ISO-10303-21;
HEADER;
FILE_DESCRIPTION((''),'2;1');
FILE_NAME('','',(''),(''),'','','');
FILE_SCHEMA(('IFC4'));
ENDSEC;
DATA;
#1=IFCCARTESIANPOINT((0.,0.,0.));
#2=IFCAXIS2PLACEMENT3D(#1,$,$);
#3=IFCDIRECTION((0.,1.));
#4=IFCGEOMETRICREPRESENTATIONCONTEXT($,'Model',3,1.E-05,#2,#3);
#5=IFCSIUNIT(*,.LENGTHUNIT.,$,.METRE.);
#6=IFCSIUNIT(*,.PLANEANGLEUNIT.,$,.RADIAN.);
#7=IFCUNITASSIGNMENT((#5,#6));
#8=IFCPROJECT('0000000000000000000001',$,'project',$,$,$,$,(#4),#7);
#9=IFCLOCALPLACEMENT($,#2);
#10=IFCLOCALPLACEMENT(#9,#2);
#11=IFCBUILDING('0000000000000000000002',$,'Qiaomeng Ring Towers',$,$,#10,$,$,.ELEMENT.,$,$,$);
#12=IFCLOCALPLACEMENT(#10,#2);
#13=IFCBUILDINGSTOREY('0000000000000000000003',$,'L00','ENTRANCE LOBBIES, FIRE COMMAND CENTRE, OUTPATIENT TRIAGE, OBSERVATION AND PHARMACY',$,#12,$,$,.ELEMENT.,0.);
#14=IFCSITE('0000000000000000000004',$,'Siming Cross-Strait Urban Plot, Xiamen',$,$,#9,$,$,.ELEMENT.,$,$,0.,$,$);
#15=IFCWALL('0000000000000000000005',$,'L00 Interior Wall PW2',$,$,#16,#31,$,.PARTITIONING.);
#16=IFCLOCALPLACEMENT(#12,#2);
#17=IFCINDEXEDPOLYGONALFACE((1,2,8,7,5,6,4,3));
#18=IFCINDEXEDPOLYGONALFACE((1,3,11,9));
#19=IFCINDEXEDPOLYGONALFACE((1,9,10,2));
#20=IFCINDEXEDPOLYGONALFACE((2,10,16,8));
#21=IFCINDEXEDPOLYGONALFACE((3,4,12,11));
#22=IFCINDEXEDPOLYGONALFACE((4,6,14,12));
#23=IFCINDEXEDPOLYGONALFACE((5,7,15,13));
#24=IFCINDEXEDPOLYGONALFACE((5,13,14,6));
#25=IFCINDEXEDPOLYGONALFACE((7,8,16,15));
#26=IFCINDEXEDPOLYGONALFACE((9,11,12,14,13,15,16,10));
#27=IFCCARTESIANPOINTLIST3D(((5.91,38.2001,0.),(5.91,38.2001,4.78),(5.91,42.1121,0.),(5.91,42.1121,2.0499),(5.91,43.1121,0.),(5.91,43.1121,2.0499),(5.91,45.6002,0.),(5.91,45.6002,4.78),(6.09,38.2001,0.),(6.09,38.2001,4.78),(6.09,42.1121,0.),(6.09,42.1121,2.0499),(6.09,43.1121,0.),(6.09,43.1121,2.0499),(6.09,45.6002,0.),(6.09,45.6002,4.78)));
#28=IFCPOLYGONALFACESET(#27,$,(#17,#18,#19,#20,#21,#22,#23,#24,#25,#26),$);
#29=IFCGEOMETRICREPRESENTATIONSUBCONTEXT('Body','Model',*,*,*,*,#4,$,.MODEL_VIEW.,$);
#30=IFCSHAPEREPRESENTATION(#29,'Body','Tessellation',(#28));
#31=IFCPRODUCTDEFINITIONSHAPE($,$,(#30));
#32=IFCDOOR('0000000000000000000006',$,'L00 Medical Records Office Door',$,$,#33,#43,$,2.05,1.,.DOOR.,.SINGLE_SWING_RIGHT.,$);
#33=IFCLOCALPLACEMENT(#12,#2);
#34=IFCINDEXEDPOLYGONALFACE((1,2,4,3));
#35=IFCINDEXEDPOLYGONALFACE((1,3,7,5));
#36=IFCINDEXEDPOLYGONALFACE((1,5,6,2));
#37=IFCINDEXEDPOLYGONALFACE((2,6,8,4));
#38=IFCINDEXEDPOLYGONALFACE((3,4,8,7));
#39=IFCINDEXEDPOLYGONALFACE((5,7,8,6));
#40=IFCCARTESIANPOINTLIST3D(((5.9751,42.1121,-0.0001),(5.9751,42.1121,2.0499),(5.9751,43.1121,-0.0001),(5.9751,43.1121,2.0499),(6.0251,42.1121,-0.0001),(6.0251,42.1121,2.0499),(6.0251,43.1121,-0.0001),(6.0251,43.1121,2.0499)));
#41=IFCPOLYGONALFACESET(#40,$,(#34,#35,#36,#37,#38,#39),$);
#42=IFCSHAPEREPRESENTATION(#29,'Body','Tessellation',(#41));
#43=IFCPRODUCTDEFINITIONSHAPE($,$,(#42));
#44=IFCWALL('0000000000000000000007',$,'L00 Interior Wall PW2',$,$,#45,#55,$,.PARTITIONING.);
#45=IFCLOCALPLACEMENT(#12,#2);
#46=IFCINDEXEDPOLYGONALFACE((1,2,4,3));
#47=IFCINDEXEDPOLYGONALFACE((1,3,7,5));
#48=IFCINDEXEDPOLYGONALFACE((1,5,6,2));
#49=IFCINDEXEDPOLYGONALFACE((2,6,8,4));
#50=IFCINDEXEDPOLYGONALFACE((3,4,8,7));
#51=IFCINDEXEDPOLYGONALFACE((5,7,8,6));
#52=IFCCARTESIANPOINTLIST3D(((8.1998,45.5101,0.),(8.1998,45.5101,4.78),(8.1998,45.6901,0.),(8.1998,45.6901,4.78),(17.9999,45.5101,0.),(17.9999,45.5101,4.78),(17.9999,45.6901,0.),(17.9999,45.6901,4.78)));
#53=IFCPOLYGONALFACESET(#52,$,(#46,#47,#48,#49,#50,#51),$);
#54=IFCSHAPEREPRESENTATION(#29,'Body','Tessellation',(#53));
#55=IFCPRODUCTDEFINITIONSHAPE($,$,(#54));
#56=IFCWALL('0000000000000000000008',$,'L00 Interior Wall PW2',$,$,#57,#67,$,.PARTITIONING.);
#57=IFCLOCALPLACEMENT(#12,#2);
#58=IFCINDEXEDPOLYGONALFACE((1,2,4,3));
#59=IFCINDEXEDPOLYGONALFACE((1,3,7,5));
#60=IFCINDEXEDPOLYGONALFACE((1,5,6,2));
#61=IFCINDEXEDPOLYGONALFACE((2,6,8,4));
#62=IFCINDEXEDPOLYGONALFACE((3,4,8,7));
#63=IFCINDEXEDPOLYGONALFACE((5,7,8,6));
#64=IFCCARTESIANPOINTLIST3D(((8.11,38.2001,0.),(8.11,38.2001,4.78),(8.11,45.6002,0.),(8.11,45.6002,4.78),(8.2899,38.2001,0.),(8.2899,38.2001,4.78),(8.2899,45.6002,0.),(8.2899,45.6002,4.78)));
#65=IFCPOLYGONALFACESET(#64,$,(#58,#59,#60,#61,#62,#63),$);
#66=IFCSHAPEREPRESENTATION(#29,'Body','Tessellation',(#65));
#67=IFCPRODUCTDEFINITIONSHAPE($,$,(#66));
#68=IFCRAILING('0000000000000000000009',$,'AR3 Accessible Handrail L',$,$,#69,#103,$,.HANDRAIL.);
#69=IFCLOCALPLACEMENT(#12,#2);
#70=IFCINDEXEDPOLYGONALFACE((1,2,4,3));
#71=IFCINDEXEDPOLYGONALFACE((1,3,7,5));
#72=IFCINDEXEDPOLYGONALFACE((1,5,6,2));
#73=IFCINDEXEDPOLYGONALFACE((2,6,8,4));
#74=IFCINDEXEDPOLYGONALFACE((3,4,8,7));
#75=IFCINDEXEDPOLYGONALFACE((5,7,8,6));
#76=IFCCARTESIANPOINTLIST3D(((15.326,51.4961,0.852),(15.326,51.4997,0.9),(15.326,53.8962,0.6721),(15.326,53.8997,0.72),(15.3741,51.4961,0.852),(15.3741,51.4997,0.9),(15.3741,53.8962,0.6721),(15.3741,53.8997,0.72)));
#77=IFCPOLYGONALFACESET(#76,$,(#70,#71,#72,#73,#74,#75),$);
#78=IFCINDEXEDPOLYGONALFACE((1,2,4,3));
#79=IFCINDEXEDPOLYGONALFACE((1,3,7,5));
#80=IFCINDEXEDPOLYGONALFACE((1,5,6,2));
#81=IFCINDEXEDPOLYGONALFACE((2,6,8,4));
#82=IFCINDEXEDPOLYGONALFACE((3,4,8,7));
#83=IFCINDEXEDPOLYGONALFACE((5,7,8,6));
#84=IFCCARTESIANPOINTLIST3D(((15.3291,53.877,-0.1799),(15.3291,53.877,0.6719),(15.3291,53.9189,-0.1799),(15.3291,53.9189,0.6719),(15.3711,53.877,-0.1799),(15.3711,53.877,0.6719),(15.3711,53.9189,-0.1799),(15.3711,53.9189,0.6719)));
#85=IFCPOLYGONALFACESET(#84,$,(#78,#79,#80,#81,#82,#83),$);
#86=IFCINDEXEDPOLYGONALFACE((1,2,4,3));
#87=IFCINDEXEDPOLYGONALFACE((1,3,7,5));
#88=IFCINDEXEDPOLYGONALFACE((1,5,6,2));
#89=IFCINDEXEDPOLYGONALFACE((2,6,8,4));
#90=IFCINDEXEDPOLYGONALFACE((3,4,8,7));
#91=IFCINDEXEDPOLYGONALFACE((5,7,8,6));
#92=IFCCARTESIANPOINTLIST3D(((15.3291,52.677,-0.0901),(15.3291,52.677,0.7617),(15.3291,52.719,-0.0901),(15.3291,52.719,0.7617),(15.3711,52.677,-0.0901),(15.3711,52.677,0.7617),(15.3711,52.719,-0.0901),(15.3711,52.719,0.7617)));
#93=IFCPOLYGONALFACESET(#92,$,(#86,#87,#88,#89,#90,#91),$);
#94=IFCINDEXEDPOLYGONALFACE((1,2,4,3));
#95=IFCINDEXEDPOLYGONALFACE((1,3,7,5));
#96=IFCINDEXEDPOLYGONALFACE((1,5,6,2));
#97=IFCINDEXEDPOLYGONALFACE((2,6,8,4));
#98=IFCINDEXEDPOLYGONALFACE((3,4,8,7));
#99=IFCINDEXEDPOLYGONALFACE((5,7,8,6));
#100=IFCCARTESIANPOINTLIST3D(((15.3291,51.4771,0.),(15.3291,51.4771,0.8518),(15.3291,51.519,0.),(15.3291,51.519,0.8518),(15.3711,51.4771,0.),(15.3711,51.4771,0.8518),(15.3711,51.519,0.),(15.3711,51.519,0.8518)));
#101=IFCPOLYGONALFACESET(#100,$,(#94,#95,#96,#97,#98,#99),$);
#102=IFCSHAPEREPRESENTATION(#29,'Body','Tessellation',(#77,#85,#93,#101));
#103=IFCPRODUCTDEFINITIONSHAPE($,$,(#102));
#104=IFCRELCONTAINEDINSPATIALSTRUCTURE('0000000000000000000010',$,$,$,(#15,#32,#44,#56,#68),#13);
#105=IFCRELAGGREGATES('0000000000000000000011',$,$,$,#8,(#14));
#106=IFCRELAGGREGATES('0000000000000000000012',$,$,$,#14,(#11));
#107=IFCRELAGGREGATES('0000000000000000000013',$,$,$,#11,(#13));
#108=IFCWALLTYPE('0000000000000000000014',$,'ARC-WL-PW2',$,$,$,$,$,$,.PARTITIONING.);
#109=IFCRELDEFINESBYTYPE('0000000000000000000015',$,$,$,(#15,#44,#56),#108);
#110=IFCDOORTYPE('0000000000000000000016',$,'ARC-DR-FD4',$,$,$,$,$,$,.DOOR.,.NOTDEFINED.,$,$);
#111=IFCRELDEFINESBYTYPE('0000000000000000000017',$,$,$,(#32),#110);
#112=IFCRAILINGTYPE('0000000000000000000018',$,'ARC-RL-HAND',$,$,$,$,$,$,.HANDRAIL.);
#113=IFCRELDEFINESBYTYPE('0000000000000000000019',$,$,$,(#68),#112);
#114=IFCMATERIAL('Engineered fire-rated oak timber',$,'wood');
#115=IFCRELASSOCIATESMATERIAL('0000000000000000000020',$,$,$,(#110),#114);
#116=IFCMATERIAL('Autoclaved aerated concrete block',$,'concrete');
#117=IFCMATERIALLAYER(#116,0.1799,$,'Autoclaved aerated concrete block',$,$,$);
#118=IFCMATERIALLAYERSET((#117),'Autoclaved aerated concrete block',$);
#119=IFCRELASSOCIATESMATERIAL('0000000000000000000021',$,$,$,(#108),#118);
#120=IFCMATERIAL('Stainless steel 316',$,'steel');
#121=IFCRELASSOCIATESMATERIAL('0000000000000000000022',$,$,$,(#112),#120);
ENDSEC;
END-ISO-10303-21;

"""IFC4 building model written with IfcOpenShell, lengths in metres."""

from ifc_helpers import new_model, si_unit, direction, frame, frame_2d, origin, origin_2d, place, context, subcontext, project, spatial, rectangle, extrude, source, transform, mapped, material, layer, layer_set, type_object, element, fill, save


model = new_model("IFC4")

# Units and contexts
model_context = context("Model", 3, precision=1e-05, world=origin(), true_north=direction((0.0, 1.0)))
body_context = subcontext(model_context, "Body", "Model", "MODEL_VIEW")
ifc_project = project(units=[si_unit("LENGTHUNIT", "METRE"), si_unit("PLANEANGLEUNIT", "RADIAN")], contexts=[model_context])

# Site, building, storey
site_placement = place(None, origin())
site = spatial("IfcSite", under=ifc_project, at=site_placement, Name="Siming Cross-Strait Urban Plot, Xiamen", CompositionType="ELEMENT", RefElevation=0.0)
building_placement = place(site_placement, origin())
building = spatial("IfcBuilding", under=site, at=building_placement, Name="Qiaomeng Ring Towers", CompositionType="ELEMENT")
storey_placement = place(building_placement, origin())
storey = spatial("IfcBuildingStorey", under=building, at=storey_placement, Name="L00", Description="ENTRANCE LOBBIES, FIRE COMMAND CENTRE, OUTPATIENT TRIAGE, OBSERVATION AND PHARMACY", CompositionType="ELEMENT", Elevation=0.0)

# Shared definitions
ifc_material_1 = material(Name="Autoclaved aerated concrete block", Category="concrete")
ifc_material_2 = material(Name="Engineered fire-rated oak timber", Category="wood")
door_type_1 = type_object("IfcDoorType", Name="ARC-DR-FD4", OperationType="NOTDEFINED", PredefinedType="DOOR", material=ifc_material_2)
shared_shape_1 = source(origin(), body_context, "Body", "SweptSolid", [
    extrude(rectangle(XDim=1.0, YDim=2.05, at=frame_2d((0.5, 1.0249))), frame((0.0, 0.0249, 0.0), z_axis=(0.0, -1.0, 0.0), x_axis=(1.0, 0.0, 0.0)), (0.0, 0.0, 1.0), 0.05),
])

# Shared definitions
ifc_layer_1 = layer(ifc_material_1, 0.1799, Name="Autoclaved aerated concrete block")
ifc_layer_set_1 = layer_set([ifc_layer_1], Name="Autoclaved aerated concrete block")
wall_type_1 = type_object("IfcWallType", Name="ARC-WL-PW2", PredefinedType="PARTITIONING", material=ifc_layer_set_1)

# Wall, opening, door
wall_1_placement = place(storey_placement, frame((6.0, 38.2, 0.0), z_axis=(0.0, 0.0, 1.0), x_axis=(0.0, 1.0, 0.0)))
wall_1 = element("IfcWall", 1, at=wall_1_placement, inside=storey, type_object=wall_type_1, Name="L00 Interior Wall PW2", PredefinedType="PARTITIONING", context=body_context, shape_type="SweptSolid", body=[
    extrude(rectangle(XDim=7.4001, YDim=0.1799, at=frame_2d((3.7002, 0.0))), origin(), (0.0, 0.0, 1.0), 4.78),
])
opening_1_placement = place(wall_1_placement, frame((3.9121, 0.0, 0.0)))
opening_1 = element("IfcOpeningElement", 2, at=opening_1_placement, cuts=wall_1, PredefinedType="OPENING", context=body_context, shape_type="SweptSolid", body=[
    extrude(rectangle(XDim=1.0, YDim=2.05, at=frame_2d((0.5, 1.0249))), frame((0.0, 0.0999, 0.0), z_axis=(0.0, -1.0, 0.0), x_axis=(1.0, 0.0, 0.0)), (0.0, 0.0, 1.0), 0.2),
])
door_1_placement = place(opening_1_placement, origin())
door_1 = element("IfcDoor", 3, at=door_1_placement, inside=storey, type_object=door_type_1, Name="L00 Medical Records Office Door", OperationType="SINGLE_SWING_RIGHT", OverallHeight=2.05, OverallWidth=1.0, PredefinedType="DOOR", context=body_context, shape_type="MappedRepresentation", body=[
    mapped(shared_shape_1, transform((0.0, 0.0, 0.0), x_axis=(1.0, 0.0, 0.0), y_axis=(0.0, 1.0, 0.0), z_axis=(0.0, 0.0, 1.0), scale=1.0)),
])
fill(opening_1, door_1)

# Walls
wall_2_placement = place(storey_placement, frame((8.2, 45.6001, 0.0), z_axis=(0.0, 0.0, 1.0), x_axis=(1.0, 0.0, 0.0)))
element("IfcWall", 4, at=wall_2_placement, inside=storey, type_object=wall_type_1, Name="L00 Interior Wall PW2", PredefinedType="PARTITIONING", context=body_context, shape_type="SweptSolid", body=[
    extrude(rectangle(XDim=9.8, YDim=0.1799, at=frame_2d((4.8999, 0.0))), origin(), (0.0, 0.0, 1.0), 4.78),
])
wall_3_placement = place(storey_placement, frame((8.2, 38.2, 0.0), z_axis=(0.0, 0.0, 1.0), x_axis=(0.0, 1.0, 0.0)))
element("IfcWall", 5, at=wall_3_placement, inside=storey, type_object=wall_type_1, Name="L00 Interior Wall PW2", PredefinedType="PARTITIONING", context=body_context, shape_type="SweptSolid", body=[
    extrude(rectangle(XDim=7.4001, YDim=0.1799, at=frame_2d((3.7002, 0.0))), origin(), (0.0, 0.0, 1.0), 4.78),
])

# Railing
ifc_material_3 = material(Name="Stainless steel 316", Category="steel")
railing_type = type_object("IfcRailingType", Name="ARC-RL-HAND", PredefinedType="HANDRAIL", material=ifc_material_3)
railing_placement = place(storey_placement, frame((15.3501, 53.8979, -0.1799)))
element("IfcRailing", 6, at=railing_placement, inside=storey, type_object=railing_type, Name="AR3 Accessible Handrail L", PredefinedType="HANDRAIL", context=body_context, shape_type="SweptSolid", body=[
    extrude(rectangle(XDim=0.0481, YDim=0.0481, at=origin_2d()), frame((0.0, 0.0, 0.876), z_axis=(0.0, -0.997201, 0.074765), x_axis=(1.0, 0.0, 0.0)), (0.0, 0.0, 1.0), 2.4067),
    extrude(rectangle(XDim=0.042, YDim=0.042, at=origin_2d()), origin(), (0.0, 0.0, 1.0), 0.8518),
    extrude(rectangle(XDim=0.042, YDim=0.042, at=origin_2d()), frame((0.0, -1.2, 0.0898)), (0.0, 0.0, 1.0), 0.8518),
    extrude(rectangle(XDim=0.042, YDim=0.042, at=origin_2d()), frame((0.0, -2.3999, 0.1799)), (0.0, 0.0, 1.0), 0.8518),
])

save(model, "model.ifc")
